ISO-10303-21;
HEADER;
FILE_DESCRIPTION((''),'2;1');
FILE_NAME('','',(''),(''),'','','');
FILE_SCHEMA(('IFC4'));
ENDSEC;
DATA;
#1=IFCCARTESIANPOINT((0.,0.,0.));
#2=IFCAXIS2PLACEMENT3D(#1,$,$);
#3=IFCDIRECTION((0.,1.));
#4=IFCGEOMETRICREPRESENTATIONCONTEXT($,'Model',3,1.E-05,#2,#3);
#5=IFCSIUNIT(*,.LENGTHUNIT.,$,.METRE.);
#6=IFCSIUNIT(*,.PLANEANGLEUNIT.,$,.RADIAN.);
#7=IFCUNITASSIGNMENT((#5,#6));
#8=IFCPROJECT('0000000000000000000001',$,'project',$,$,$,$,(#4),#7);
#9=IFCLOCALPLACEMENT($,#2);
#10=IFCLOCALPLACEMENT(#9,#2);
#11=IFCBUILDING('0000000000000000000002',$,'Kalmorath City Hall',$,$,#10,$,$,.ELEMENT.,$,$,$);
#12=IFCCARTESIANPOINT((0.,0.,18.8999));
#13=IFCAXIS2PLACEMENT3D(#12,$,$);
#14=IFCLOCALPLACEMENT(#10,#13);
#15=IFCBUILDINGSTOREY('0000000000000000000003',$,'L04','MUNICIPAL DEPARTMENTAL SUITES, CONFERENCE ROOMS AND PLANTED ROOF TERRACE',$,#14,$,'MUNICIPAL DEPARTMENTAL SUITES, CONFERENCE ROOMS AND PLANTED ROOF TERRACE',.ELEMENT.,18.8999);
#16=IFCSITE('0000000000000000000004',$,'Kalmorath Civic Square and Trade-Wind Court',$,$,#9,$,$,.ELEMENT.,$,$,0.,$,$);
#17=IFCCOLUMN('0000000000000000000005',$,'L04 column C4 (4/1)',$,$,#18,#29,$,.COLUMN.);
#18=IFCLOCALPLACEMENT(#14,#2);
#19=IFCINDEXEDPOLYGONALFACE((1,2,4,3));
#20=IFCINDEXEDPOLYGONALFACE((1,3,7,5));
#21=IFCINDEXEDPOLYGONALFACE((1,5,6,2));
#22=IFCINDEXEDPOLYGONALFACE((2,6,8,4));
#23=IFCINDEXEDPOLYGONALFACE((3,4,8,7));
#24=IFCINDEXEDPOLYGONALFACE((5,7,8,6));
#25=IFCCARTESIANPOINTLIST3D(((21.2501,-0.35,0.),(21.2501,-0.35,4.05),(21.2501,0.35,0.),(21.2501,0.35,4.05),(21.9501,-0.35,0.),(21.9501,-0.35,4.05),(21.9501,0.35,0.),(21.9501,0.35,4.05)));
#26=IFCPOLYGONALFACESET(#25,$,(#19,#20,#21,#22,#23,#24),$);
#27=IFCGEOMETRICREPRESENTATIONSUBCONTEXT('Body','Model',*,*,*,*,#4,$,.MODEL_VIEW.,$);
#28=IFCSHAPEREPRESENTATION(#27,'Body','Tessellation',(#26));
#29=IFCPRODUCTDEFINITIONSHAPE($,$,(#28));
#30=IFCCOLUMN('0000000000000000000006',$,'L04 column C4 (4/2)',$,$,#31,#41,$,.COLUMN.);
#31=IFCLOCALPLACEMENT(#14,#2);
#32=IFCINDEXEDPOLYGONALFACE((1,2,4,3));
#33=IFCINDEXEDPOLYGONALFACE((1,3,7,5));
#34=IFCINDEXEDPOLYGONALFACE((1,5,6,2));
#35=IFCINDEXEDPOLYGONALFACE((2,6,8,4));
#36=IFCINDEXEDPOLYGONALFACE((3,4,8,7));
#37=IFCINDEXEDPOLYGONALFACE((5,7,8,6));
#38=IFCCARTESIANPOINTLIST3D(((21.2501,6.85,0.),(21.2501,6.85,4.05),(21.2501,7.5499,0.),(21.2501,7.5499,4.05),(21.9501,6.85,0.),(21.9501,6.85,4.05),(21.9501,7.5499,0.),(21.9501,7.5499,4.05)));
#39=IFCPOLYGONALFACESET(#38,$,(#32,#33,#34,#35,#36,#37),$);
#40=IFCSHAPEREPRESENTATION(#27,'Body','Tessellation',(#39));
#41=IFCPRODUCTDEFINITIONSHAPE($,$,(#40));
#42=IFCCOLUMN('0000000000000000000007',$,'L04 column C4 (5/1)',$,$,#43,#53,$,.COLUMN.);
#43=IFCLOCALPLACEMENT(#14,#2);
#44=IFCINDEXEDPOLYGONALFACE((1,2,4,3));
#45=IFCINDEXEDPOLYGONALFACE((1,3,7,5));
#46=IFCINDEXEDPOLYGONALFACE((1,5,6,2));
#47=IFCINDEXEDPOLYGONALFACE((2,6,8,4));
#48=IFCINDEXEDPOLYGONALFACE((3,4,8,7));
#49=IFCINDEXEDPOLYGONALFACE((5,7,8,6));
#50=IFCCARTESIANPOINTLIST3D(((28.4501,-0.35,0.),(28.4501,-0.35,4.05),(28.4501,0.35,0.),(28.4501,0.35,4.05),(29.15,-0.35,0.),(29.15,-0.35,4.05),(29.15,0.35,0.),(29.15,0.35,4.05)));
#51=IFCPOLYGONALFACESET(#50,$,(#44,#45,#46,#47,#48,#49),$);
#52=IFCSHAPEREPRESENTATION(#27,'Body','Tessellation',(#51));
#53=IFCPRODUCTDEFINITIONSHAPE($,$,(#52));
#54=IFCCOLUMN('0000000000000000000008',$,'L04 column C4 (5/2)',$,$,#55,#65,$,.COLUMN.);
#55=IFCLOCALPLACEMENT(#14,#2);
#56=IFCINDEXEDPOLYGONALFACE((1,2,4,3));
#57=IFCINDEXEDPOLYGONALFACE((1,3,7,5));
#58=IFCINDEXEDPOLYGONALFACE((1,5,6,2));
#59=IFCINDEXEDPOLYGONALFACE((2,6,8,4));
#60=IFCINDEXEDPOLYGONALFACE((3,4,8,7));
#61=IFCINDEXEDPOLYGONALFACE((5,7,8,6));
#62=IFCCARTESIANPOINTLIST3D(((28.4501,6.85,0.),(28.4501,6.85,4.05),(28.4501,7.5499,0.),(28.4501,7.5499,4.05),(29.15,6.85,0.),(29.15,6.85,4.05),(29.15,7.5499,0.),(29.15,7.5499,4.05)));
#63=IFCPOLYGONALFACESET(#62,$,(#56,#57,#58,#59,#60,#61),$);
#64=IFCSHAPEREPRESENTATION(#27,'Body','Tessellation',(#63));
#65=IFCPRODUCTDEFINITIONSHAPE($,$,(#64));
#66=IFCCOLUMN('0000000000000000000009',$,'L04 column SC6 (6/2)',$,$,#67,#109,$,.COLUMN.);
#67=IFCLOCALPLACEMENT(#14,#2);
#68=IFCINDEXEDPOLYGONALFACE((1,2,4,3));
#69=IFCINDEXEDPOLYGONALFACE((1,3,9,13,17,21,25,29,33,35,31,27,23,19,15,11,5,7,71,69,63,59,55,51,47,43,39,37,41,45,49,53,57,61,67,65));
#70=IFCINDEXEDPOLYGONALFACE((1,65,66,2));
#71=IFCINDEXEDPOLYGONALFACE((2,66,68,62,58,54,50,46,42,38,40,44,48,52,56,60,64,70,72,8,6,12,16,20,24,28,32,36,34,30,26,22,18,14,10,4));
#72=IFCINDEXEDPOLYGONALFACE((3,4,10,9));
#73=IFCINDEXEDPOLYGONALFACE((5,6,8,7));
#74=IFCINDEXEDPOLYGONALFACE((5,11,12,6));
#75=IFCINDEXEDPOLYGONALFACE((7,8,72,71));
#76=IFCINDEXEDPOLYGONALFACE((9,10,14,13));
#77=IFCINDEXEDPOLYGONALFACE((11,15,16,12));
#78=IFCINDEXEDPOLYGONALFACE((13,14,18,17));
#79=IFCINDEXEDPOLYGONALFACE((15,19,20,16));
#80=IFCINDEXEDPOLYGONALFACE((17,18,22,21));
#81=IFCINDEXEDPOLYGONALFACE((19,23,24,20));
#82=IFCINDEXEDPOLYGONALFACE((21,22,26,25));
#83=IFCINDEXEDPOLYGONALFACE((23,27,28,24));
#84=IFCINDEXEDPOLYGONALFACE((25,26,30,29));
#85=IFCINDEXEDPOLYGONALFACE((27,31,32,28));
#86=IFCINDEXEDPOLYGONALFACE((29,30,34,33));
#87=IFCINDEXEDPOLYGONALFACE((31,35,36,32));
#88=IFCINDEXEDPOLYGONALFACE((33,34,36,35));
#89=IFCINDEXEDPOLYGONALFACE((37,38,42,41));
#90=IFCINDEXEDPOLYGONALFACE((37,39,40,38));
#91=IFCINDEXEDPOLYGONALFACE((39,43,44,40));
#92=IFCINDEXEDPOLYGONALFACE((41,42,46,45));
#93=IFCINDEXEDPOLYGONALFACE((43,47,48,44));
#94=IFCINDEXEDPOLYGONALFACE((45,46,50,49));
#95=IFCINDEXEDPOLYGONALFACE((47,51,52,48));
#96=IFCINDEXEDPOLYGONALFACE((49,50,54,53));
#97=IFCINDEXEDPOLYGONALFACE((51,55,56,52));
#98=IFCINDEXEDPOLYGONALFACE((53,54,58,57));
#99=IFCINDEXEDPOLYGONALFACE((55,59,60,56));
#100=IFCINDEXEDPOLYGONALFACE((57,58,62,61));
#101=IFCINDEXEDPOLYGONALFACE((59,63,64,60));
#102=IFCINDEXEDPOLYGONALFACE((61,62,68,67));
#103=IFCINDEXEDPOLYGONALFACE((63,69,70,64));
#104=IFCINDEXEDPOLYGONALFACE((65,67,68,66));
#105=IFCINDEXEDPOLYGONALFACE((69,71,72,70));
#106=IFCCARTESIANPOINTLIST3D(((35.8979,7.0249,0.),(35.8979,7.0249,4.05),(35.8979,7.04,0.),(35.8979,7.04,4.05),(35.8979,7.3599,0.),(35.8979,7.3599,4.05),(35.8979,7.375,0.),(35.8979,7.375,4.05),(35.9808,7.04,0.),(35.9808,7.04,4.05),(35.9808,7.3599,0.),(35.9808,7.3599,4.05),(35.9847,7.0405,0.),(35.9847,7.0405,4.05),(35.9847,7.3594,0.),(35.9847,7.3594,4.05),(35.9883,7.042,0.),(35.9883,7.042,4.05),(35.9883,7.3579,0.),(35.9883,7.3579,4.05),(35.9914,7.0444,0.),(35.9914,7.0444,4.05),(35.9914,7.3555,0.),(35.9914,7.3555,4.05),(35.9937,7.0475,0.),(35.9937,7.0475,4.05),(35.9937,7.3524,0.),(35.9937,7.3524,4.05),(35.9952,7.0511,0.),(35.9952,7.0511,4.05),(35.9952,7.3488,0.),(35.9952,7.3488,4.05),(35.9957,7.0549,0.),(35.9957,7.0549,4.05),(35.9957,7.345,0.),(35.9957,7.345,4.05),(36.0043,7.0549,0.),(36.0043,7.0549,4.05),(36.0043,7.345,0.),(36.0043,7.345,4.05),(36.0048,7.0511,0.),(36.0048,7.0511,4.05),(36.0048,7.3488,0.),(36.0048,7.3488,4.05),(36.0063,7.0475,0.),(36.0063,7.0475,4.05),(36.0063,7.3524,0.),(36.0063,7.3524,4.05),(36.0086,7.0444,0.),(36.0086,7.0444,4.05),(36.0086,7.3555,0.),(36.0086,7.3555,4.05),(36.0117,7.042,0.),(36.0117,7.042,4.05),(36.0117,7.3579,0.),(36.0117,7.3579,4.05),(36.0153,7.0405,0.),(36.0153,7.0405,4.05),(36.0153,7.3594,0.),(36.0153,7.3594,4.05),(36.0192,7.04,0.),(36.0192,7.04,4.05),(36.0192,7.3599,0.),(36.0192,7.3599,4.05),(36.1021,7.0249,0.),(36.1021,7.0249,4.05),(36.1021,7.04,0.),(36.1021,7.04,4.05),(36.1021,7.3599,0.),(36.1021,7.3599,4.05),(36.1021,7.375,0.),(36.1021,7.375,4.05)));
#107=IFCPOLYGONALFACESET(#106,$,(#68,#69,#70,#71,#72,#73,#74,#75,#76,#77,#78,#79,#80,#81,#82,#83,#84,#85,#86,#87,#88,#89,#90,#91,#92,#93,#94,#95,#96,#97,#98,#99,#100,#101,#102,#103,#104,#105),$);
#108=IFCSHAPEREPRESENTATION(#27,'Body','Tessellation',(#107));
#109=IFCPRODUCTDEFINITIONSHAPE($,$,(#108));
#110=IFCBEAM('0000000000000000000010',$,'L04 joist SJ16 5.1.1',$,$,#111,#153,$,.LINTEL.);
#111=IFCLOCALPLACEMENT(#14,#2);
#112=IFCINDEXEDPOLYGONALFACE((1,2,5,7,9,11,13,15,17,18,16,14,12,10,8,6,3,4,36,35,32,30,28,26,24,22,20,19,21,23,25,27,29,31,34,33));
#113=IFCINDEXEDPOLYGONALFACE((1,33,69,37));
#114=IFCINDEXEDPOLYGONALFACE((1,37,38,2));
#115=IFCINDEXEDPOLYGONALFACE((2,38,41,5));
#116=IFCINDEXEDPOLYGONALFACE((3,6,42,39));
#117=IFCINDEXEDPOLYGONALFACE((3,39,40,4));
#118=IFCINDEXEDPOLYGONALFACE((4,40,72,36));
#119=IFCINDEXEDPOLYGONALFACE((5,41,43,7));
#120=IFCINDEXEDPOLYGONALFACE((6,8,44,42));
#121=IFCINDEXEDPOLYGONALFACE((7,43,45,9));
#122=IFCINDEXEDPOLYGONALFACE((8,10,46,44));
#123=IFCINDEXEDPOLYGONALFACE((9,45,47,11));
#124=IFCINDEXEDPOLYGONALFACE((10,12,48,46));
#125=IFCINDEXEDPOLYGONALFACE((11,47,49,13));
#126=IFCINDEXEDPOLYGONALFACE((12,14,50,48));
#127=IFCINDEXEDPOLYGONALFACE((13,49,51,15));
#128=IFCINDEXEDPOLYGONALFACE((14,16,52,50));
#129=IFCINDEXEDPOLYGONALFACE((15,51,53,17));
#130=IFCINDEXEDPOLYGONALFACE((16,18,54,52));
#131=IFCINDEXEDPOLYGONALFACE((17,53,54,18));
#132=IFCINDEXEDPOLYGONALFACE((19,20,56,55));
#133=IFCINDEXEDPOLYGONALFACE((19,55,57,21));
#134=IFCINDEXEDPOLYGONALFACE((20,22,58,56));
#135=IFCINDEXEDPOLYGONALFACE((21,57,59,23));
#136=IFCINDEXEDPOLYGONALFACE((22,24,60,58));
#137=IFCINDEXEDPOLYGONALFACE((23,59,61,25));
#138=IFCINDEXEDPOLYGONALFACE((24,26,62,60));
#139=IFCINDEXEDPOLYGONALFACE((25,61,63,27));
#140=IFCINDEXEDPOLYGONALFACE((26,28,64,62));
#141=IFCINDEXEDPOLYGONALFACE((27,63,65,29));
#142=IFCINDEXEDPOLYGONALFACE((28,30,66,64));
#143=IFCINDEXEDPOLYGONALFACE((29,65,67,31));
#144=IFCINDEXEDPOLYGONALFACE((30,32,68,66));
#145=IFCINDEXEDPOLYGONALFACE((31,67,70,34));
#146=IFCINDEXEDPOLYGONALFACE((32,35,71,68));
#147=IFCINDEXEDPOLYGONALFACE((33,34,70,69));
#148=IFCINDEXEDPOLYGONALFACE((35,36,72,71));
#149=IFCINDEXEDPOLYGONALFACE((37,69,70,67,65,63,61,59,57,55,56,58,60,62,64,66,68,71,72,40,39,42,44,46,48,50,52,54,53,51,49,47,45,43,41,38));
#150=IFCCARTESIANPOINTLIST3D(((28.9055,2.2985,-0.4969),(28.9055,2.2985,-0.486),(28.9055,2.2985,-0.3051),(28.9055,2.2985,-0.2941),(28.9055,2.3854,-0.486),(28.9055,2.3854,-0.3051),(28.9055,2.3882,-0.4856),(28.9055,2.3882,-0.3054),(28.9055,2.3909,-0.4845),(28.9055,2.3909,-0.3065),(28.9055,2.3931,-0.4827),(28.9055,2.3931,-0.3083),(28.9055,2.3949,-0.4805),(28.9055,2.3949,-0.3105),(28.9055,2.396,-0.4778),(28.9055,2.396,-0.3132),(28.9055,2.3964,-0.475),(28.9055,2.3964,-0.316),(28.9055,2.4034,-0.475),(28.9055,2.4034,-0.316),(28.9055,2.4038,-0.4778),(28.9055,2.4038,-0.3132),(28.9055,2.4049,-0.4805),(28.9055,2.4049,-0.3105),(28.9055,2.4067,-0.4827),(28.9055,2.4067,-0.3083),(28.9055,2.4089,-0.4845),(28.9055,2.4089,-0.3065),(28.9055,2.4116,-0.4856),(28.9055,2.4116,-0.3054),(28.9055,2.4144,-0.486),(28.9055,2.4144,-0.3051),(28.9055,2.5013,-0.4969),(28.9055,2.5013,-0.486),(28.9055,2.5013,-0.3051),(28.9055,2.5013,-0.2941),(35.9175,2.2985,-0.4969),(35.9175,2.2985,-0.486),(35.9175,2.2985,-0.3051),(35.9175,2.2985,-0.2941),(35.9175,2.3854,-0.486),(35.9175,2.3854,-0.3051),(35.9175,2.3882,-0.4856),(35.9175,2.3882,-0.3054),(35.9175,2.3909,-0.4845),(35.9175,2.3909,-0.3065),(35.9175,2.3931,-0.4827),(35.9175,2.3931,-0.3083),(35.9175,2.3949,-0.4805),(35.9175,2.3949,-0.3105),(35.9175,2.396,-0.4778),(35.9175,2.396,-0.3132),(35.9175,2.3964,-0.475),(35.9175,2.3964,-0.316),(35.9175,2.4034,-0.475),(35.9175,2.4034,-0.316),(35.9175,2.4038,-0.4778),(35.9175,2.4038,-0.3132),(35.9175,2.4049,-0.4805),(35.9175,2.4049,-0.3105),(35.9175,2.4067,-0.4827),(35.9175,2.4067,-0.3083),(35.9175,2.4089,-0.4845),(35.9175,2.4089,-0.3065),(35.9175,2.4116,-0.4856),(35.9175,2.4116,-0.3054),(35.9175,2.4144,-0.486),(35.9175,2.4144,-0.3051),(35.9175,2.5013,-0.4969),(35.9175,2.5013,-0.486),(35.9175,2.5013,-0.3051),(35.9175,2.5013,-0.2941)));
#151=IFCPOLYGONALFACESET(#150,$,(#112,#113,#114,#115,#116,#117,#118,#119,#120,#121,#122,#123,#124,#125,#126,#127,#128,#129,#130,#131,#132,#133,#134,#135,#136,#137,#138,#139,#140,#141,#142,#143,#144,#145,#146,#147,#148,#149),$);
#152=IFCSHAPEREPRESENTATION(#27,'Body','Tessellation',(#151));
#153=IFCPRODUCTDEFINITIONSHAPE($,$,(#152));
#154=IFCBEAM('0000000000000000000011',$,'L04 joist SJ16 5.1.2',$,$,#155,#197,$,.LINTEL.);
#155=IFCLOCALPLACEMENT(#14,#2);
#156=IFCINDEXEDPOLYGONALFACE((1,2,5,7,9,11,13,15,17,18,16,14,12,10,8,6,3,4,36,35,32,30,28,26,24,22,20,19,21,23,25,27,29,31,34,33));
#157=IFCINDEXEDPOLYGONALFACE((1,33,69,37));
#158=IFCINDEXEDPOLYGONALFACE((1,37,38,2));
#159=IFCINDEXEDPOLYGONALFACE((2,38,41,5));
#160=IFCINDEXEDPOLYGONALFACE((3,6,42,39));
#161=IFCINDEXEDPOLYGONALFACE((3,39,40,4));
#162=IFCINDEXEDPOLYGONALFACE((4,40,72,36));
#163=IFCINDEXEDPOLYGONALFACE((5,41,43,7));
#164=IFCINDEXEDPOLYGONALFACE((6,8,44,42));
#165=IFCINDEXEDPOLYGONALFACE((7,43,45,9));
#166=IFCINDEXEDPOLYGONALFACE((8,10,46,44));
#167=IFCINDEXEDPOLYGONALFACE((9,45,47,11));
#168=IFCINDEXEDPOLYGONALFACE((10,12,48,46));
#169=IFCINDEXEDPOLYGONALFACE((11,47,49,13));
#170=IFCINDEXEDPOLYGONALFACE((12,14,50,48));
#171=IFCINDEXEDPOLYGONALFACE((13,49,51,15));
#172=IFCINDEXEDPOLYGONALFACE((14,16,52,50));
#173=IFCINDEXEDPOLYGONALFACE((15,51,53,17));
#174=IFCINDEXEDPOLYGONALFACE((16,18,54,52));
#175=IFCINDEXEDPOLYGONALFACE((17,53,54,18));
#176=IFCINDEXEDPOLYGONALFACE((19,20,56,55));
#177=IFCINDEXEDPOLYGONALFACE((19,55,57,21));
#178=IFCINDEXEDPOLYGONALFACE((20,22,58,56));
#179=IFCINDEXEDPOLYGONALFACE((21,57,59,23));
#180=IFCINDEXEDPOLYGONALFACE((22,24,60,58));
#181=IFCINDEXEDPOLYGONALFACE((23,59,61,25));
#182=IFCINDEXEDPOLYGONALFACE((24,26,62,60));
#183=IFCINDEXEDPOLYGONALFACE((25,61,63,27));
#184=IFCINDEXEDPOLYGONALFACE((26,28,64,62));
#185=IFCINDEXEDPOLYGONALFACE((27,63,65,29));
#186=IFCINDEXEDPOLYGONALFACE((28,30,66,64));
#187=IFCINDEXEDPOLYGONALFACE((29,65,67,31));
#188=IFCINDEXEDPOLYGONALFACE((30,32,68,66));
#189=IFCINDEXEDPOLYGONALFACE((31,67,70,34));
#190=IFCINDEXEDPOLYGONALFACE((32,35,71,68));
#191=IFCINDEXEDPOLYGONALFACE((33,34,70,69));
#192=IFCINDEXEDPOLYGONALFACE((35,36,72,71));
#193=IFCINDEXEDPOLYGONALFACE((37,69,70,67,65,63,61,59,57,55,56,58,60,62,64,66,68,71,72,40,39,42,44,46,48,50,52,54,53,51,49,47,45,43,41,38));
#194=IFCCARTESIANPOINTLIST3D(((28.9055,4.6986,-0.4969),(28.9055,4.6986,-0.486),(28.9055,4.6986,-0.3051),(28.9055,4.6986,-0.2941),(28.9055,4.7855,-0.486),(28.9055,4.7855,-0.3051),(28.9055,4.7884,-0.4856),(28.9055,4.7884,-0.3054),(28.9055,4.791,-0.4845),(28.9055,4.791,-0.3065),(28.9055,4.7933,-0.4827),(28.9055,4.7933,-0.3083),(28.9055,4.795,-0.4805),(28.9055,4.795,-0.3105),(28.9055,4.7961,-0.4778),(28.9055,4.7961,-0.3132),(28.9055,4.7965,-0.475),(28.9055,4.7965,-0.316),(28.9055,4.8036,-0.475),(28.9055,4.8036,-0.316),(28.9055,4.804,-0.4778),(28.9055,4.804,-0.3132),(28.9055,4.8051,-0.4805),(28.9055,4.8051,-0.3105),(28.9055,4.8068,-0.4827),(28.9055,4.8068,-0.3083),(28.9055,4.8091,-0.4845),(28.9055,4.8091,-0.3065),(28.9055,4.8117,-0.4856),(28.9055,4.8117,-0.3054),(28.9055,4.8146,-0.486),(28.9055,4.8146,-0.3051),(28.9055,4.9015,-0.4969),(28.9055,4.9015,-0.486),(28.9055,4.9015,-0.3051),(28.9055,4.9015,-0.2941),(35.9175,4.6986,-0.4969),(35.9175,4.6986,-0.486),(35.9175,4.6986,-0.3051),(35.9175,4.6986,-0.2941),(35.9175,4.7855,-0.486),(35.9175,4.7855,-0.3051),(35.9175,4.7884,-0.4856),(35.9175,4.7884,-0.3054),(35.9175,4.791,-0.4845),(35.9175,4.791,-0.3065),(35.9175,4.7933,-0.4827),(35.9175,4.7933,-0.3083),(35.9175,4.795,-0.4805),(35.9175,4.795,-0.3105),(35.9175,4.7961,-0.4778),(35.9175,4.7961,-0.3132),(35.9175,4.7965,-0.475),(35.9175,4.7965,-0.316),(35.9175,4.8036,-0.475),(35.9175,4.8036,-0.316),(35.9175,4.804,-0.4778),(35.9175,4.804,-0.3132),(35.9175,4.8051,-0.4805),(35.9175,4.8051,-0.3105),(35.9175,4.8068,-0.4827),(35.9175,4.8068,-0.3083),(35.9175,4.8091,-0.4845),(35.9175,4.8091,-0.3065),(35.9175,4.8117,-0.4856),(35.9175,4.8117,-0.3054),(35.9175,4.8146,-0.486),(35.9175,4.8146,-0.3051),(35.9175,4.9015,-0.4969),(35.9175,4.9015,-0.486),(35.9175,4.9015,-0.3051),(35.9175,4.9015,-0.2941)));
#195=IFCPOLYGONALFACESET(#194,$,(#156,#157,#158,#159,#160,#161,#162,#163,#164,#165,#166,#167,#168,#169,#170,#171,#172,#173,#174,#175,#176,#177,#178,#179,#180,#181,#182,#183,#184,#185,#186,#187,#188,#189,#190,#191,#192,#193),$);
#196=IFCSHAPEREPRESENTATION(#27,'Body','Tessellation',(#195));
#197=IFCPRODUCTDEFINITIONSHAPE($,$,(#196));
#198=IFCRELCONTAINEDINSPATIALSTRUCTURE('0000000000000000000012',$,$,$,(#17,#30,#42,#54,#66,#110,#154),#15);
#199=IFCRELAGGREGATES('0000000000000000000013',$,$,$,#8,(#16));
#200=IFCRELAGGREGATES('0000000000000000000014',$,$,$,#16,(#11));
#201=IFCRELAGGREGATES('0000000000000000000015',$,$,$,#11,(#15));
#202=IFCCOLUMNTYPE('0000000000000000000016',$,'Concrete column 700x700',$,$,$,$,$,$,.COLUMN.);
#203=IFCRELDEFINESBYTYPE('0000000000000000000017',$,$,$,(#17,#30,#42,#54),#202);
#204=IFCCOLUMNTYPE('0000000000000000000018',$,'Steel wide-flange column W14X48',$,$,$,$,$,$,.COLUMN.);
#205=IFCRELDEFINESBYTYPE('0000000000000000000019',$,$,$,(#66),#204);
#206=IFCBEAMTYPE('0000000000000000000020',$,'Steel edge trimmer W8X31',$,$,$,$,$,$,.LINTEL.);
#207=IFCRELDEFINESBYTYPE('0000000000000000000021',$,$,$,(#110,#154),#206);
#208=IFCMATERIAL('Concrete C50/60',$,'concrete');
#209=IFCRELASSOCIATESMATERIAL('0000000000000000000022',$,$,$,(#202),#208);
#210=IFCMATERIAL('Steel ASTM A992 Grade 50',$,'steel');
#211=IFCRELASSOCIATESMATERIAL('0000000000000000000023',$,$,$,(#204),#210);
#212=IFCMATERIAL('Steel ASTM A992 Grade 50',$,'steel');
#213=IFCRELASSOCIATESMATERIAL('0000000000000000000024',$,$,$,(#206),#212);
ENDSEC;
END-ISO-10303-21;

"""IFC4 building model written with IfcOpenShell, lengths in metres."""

from ifc_helpers import new_model, si_unit, direction, frame, origin, origin_2d, place, context, subcontext, project, spatial, rectangle, i_section, extrude, material, material_profile, profile_set, type_object, element, save


model = new_model("IFC4")

# Units and contexts
model_context = context("Model", 3, precision=1e-05, world=origin(), true_north=direction((0.0, 1.0)))
body_context = subcontext(model_context, "Body", "Model", "MODEL_VIEW")
ifc_project = project(units=[si_unit("LENGTHUNIT", "METRE"), si_unit("PLANEANGLEUNIT", "RADIAN")], contexts=[model_context])

# Site, building, storey
site_placement = place(None, origin())
site = spatial("IfcSite", under=ifc_project, at=site_placement, Name="Kalmorath Civic Square and Trade-Wind Court", CompositionType="ELEMENT", RefElevation=0.0)
building_placement = place(site_placement, origin())
building = spatial("IfcBuilding", under=site, at=building_placement, Name="Kalmorath City Hall", CompositionType="ELEMENT")
storey_placement = place(building_placement, frame((0.0, 0.0, 18.8999)))
storey = spatial("IfcBuildingStorey", under=building, at=storey_placement, Name="L04", Description="MUNICIPAL DEPARTMENTAL SUITES, CONFERENCE ROOMS AND PLANTED ROOF TERRACE", LongName="MUNICIPAL DEPARTMENTAL SUITES, CONFERENCE ROOMS AND PLANTED ROOF TERRACE", CompositionType="ELEMENT", Elevation=18.8999)

# Columns
ifc_material_1 = material(Name="Concrete C50/60", Category="concrete")
ifc_material_profile_1 = material_profile(ifc_material_1, rectangle(XDim=0.7, YDim=0.7, at=origin_2d()), Name="RC-COL-700X700")
ifc_profile_set_1 = profile_set([ifc_material_profile_1], Name="Concrete C50/60")
column_type_1 = type_object("IfcColumnType", Name="Concrete column 700x700", PredefinedType="COLUMN", material=ifc_profile_set_1)
for number, where, z_axis, x_axis, name in (
    (1, (21.6001, 0.0, 0.0), (0.0, 0.0, 1.0), (1.0, 0.0, 0.0), "L04 column C4 (4/1)"),
    (2, (21.6001, 7.2, 0.0), (0.0, 0.0, 1.0), (1.0, 0.0, 0.0), "L04 column C4 (4/2)"),
    (3, (28.8, 0.0, 0.0), (0.0, 0.0, 1.0), (1.0, 0.0, 0.0), "L04 column C4 (5/1)"),
    (4, (28.8, 7.2, 0.0), (0.0, 0.0, 1.0), (1.0, 0.0, 0.0), "L04 column C4 (5/2)"),
):
    element("IfcColumn", number, at=place(storey_placement, frame(where, z_axis=z_axis, x_axis=x_axis)), inside=storey, type_object=column_type_1, Name=name, PredefinedType="COLUMN", context=body_context, shape_type="SweptSolid", body=[
        extrude(rectangle(XDim=0.7, YDim=0.7, at=origin_2d()), origin(), (0.0, 0.0, 1.0), 4.05),
    ])
ifc_material_2 = material(Name="Steel ASTM A992 Grade 50", Category="steel")
ifc_material_profile_2 = material_profile(ifc_material_2, i_section(OverallWidth=0.2041, OverallDepth=0.3501, WebThickness=0.0085, FlangeThickness=0.0151, FilletRadius=0.0149, at=origin_2d()), Name="W14X48")
ifc_profile_set_2 = profile_set([ifc_material_profile_2], Name="Steel ASTM A992 Grade 50")
column_type_2 = type_object("IfcColumnType", Name="Steel wide-flange column W14X48", PredefinedType="COLUMN", material=ifc_profile_set_2)
column_placement = place(storey_placement, frame((36.0, 7.2, 0.0), z_axis=(0.0, 0.0, 1.0), x_axis=(1.0, 0.0, 0.0)))
element("IfcColumn", 5, at=column_placement, inside=storey, type_object=column_type_2, Name="L04 column SC6 (6/2)", PredefinedType="COLUMN", context=body_context, shape_type="SweptSolid", body=[
    extrude(i_section(OverallWidth=0.2041, OverallDepth=0.3501, WebThickness=0.0085, FlangeThickness=0.0151, FilletRadius=0.0149, at=origin_2d()), origin(), (0.0, 0.0, 1.0), 4.05),
])

# Beams
ifc_material_3 = material(Name="Steel ASTM A992 Grade 50", Category="steel")
ifc_material_profile_3 = material_profile(ifc_material_3, i_section(OverallWidth=0.2029, OverallDepth=0.2029, WebThickness=0.0071, FlangeThickness=0.011, FilletRadius=0.011, at=origin_2d()), Name="W8X31")
ifc_profile_set_3 = profile_set([ifc_material_profile_3], Name="Steel ASTM A992 Grade 50")
beam_type_1 = type_object("IfcBeamType", Name="Steel edge trimmer W8X31", PredefinedType="LINTEL", material=ifc_profile_set_3)
for number, where, z_axis, x_axis, name in (
    (6, (28.9055, 2.3999, -0.3955), (1.0, 0.0, 0.0), (0.0, 1.0, 0.0), "L04 joist SJ16 5.1.1"),
    (7, (28.9055, 4.8, -0.3955), (1.0, 0.0, 0.0), (0.0, 1.0, 0.0), "L04 joist SJ16 5.1.2"),
):
    element("IfcBeam", number, at=place(storey_placement, frame(where, z_axis=z_axis, x_axis=x_axis)), inside=storey, type_object=beam_type_1, Name=name, PredefinedType="LINTEL", context=body_context, shape_type="SweptSolid", body=[
        extrude(i_section(OverallWidth=0.2029, OverallDepth=0.2029, WebThickness=0.0071, FlangeThickness=0.011, FilletRadius=0.011, at=origin_2d()), origin(), (0.0, 0.0, 1.0), 7.012),
    ])

save(model, "model.ifc")
